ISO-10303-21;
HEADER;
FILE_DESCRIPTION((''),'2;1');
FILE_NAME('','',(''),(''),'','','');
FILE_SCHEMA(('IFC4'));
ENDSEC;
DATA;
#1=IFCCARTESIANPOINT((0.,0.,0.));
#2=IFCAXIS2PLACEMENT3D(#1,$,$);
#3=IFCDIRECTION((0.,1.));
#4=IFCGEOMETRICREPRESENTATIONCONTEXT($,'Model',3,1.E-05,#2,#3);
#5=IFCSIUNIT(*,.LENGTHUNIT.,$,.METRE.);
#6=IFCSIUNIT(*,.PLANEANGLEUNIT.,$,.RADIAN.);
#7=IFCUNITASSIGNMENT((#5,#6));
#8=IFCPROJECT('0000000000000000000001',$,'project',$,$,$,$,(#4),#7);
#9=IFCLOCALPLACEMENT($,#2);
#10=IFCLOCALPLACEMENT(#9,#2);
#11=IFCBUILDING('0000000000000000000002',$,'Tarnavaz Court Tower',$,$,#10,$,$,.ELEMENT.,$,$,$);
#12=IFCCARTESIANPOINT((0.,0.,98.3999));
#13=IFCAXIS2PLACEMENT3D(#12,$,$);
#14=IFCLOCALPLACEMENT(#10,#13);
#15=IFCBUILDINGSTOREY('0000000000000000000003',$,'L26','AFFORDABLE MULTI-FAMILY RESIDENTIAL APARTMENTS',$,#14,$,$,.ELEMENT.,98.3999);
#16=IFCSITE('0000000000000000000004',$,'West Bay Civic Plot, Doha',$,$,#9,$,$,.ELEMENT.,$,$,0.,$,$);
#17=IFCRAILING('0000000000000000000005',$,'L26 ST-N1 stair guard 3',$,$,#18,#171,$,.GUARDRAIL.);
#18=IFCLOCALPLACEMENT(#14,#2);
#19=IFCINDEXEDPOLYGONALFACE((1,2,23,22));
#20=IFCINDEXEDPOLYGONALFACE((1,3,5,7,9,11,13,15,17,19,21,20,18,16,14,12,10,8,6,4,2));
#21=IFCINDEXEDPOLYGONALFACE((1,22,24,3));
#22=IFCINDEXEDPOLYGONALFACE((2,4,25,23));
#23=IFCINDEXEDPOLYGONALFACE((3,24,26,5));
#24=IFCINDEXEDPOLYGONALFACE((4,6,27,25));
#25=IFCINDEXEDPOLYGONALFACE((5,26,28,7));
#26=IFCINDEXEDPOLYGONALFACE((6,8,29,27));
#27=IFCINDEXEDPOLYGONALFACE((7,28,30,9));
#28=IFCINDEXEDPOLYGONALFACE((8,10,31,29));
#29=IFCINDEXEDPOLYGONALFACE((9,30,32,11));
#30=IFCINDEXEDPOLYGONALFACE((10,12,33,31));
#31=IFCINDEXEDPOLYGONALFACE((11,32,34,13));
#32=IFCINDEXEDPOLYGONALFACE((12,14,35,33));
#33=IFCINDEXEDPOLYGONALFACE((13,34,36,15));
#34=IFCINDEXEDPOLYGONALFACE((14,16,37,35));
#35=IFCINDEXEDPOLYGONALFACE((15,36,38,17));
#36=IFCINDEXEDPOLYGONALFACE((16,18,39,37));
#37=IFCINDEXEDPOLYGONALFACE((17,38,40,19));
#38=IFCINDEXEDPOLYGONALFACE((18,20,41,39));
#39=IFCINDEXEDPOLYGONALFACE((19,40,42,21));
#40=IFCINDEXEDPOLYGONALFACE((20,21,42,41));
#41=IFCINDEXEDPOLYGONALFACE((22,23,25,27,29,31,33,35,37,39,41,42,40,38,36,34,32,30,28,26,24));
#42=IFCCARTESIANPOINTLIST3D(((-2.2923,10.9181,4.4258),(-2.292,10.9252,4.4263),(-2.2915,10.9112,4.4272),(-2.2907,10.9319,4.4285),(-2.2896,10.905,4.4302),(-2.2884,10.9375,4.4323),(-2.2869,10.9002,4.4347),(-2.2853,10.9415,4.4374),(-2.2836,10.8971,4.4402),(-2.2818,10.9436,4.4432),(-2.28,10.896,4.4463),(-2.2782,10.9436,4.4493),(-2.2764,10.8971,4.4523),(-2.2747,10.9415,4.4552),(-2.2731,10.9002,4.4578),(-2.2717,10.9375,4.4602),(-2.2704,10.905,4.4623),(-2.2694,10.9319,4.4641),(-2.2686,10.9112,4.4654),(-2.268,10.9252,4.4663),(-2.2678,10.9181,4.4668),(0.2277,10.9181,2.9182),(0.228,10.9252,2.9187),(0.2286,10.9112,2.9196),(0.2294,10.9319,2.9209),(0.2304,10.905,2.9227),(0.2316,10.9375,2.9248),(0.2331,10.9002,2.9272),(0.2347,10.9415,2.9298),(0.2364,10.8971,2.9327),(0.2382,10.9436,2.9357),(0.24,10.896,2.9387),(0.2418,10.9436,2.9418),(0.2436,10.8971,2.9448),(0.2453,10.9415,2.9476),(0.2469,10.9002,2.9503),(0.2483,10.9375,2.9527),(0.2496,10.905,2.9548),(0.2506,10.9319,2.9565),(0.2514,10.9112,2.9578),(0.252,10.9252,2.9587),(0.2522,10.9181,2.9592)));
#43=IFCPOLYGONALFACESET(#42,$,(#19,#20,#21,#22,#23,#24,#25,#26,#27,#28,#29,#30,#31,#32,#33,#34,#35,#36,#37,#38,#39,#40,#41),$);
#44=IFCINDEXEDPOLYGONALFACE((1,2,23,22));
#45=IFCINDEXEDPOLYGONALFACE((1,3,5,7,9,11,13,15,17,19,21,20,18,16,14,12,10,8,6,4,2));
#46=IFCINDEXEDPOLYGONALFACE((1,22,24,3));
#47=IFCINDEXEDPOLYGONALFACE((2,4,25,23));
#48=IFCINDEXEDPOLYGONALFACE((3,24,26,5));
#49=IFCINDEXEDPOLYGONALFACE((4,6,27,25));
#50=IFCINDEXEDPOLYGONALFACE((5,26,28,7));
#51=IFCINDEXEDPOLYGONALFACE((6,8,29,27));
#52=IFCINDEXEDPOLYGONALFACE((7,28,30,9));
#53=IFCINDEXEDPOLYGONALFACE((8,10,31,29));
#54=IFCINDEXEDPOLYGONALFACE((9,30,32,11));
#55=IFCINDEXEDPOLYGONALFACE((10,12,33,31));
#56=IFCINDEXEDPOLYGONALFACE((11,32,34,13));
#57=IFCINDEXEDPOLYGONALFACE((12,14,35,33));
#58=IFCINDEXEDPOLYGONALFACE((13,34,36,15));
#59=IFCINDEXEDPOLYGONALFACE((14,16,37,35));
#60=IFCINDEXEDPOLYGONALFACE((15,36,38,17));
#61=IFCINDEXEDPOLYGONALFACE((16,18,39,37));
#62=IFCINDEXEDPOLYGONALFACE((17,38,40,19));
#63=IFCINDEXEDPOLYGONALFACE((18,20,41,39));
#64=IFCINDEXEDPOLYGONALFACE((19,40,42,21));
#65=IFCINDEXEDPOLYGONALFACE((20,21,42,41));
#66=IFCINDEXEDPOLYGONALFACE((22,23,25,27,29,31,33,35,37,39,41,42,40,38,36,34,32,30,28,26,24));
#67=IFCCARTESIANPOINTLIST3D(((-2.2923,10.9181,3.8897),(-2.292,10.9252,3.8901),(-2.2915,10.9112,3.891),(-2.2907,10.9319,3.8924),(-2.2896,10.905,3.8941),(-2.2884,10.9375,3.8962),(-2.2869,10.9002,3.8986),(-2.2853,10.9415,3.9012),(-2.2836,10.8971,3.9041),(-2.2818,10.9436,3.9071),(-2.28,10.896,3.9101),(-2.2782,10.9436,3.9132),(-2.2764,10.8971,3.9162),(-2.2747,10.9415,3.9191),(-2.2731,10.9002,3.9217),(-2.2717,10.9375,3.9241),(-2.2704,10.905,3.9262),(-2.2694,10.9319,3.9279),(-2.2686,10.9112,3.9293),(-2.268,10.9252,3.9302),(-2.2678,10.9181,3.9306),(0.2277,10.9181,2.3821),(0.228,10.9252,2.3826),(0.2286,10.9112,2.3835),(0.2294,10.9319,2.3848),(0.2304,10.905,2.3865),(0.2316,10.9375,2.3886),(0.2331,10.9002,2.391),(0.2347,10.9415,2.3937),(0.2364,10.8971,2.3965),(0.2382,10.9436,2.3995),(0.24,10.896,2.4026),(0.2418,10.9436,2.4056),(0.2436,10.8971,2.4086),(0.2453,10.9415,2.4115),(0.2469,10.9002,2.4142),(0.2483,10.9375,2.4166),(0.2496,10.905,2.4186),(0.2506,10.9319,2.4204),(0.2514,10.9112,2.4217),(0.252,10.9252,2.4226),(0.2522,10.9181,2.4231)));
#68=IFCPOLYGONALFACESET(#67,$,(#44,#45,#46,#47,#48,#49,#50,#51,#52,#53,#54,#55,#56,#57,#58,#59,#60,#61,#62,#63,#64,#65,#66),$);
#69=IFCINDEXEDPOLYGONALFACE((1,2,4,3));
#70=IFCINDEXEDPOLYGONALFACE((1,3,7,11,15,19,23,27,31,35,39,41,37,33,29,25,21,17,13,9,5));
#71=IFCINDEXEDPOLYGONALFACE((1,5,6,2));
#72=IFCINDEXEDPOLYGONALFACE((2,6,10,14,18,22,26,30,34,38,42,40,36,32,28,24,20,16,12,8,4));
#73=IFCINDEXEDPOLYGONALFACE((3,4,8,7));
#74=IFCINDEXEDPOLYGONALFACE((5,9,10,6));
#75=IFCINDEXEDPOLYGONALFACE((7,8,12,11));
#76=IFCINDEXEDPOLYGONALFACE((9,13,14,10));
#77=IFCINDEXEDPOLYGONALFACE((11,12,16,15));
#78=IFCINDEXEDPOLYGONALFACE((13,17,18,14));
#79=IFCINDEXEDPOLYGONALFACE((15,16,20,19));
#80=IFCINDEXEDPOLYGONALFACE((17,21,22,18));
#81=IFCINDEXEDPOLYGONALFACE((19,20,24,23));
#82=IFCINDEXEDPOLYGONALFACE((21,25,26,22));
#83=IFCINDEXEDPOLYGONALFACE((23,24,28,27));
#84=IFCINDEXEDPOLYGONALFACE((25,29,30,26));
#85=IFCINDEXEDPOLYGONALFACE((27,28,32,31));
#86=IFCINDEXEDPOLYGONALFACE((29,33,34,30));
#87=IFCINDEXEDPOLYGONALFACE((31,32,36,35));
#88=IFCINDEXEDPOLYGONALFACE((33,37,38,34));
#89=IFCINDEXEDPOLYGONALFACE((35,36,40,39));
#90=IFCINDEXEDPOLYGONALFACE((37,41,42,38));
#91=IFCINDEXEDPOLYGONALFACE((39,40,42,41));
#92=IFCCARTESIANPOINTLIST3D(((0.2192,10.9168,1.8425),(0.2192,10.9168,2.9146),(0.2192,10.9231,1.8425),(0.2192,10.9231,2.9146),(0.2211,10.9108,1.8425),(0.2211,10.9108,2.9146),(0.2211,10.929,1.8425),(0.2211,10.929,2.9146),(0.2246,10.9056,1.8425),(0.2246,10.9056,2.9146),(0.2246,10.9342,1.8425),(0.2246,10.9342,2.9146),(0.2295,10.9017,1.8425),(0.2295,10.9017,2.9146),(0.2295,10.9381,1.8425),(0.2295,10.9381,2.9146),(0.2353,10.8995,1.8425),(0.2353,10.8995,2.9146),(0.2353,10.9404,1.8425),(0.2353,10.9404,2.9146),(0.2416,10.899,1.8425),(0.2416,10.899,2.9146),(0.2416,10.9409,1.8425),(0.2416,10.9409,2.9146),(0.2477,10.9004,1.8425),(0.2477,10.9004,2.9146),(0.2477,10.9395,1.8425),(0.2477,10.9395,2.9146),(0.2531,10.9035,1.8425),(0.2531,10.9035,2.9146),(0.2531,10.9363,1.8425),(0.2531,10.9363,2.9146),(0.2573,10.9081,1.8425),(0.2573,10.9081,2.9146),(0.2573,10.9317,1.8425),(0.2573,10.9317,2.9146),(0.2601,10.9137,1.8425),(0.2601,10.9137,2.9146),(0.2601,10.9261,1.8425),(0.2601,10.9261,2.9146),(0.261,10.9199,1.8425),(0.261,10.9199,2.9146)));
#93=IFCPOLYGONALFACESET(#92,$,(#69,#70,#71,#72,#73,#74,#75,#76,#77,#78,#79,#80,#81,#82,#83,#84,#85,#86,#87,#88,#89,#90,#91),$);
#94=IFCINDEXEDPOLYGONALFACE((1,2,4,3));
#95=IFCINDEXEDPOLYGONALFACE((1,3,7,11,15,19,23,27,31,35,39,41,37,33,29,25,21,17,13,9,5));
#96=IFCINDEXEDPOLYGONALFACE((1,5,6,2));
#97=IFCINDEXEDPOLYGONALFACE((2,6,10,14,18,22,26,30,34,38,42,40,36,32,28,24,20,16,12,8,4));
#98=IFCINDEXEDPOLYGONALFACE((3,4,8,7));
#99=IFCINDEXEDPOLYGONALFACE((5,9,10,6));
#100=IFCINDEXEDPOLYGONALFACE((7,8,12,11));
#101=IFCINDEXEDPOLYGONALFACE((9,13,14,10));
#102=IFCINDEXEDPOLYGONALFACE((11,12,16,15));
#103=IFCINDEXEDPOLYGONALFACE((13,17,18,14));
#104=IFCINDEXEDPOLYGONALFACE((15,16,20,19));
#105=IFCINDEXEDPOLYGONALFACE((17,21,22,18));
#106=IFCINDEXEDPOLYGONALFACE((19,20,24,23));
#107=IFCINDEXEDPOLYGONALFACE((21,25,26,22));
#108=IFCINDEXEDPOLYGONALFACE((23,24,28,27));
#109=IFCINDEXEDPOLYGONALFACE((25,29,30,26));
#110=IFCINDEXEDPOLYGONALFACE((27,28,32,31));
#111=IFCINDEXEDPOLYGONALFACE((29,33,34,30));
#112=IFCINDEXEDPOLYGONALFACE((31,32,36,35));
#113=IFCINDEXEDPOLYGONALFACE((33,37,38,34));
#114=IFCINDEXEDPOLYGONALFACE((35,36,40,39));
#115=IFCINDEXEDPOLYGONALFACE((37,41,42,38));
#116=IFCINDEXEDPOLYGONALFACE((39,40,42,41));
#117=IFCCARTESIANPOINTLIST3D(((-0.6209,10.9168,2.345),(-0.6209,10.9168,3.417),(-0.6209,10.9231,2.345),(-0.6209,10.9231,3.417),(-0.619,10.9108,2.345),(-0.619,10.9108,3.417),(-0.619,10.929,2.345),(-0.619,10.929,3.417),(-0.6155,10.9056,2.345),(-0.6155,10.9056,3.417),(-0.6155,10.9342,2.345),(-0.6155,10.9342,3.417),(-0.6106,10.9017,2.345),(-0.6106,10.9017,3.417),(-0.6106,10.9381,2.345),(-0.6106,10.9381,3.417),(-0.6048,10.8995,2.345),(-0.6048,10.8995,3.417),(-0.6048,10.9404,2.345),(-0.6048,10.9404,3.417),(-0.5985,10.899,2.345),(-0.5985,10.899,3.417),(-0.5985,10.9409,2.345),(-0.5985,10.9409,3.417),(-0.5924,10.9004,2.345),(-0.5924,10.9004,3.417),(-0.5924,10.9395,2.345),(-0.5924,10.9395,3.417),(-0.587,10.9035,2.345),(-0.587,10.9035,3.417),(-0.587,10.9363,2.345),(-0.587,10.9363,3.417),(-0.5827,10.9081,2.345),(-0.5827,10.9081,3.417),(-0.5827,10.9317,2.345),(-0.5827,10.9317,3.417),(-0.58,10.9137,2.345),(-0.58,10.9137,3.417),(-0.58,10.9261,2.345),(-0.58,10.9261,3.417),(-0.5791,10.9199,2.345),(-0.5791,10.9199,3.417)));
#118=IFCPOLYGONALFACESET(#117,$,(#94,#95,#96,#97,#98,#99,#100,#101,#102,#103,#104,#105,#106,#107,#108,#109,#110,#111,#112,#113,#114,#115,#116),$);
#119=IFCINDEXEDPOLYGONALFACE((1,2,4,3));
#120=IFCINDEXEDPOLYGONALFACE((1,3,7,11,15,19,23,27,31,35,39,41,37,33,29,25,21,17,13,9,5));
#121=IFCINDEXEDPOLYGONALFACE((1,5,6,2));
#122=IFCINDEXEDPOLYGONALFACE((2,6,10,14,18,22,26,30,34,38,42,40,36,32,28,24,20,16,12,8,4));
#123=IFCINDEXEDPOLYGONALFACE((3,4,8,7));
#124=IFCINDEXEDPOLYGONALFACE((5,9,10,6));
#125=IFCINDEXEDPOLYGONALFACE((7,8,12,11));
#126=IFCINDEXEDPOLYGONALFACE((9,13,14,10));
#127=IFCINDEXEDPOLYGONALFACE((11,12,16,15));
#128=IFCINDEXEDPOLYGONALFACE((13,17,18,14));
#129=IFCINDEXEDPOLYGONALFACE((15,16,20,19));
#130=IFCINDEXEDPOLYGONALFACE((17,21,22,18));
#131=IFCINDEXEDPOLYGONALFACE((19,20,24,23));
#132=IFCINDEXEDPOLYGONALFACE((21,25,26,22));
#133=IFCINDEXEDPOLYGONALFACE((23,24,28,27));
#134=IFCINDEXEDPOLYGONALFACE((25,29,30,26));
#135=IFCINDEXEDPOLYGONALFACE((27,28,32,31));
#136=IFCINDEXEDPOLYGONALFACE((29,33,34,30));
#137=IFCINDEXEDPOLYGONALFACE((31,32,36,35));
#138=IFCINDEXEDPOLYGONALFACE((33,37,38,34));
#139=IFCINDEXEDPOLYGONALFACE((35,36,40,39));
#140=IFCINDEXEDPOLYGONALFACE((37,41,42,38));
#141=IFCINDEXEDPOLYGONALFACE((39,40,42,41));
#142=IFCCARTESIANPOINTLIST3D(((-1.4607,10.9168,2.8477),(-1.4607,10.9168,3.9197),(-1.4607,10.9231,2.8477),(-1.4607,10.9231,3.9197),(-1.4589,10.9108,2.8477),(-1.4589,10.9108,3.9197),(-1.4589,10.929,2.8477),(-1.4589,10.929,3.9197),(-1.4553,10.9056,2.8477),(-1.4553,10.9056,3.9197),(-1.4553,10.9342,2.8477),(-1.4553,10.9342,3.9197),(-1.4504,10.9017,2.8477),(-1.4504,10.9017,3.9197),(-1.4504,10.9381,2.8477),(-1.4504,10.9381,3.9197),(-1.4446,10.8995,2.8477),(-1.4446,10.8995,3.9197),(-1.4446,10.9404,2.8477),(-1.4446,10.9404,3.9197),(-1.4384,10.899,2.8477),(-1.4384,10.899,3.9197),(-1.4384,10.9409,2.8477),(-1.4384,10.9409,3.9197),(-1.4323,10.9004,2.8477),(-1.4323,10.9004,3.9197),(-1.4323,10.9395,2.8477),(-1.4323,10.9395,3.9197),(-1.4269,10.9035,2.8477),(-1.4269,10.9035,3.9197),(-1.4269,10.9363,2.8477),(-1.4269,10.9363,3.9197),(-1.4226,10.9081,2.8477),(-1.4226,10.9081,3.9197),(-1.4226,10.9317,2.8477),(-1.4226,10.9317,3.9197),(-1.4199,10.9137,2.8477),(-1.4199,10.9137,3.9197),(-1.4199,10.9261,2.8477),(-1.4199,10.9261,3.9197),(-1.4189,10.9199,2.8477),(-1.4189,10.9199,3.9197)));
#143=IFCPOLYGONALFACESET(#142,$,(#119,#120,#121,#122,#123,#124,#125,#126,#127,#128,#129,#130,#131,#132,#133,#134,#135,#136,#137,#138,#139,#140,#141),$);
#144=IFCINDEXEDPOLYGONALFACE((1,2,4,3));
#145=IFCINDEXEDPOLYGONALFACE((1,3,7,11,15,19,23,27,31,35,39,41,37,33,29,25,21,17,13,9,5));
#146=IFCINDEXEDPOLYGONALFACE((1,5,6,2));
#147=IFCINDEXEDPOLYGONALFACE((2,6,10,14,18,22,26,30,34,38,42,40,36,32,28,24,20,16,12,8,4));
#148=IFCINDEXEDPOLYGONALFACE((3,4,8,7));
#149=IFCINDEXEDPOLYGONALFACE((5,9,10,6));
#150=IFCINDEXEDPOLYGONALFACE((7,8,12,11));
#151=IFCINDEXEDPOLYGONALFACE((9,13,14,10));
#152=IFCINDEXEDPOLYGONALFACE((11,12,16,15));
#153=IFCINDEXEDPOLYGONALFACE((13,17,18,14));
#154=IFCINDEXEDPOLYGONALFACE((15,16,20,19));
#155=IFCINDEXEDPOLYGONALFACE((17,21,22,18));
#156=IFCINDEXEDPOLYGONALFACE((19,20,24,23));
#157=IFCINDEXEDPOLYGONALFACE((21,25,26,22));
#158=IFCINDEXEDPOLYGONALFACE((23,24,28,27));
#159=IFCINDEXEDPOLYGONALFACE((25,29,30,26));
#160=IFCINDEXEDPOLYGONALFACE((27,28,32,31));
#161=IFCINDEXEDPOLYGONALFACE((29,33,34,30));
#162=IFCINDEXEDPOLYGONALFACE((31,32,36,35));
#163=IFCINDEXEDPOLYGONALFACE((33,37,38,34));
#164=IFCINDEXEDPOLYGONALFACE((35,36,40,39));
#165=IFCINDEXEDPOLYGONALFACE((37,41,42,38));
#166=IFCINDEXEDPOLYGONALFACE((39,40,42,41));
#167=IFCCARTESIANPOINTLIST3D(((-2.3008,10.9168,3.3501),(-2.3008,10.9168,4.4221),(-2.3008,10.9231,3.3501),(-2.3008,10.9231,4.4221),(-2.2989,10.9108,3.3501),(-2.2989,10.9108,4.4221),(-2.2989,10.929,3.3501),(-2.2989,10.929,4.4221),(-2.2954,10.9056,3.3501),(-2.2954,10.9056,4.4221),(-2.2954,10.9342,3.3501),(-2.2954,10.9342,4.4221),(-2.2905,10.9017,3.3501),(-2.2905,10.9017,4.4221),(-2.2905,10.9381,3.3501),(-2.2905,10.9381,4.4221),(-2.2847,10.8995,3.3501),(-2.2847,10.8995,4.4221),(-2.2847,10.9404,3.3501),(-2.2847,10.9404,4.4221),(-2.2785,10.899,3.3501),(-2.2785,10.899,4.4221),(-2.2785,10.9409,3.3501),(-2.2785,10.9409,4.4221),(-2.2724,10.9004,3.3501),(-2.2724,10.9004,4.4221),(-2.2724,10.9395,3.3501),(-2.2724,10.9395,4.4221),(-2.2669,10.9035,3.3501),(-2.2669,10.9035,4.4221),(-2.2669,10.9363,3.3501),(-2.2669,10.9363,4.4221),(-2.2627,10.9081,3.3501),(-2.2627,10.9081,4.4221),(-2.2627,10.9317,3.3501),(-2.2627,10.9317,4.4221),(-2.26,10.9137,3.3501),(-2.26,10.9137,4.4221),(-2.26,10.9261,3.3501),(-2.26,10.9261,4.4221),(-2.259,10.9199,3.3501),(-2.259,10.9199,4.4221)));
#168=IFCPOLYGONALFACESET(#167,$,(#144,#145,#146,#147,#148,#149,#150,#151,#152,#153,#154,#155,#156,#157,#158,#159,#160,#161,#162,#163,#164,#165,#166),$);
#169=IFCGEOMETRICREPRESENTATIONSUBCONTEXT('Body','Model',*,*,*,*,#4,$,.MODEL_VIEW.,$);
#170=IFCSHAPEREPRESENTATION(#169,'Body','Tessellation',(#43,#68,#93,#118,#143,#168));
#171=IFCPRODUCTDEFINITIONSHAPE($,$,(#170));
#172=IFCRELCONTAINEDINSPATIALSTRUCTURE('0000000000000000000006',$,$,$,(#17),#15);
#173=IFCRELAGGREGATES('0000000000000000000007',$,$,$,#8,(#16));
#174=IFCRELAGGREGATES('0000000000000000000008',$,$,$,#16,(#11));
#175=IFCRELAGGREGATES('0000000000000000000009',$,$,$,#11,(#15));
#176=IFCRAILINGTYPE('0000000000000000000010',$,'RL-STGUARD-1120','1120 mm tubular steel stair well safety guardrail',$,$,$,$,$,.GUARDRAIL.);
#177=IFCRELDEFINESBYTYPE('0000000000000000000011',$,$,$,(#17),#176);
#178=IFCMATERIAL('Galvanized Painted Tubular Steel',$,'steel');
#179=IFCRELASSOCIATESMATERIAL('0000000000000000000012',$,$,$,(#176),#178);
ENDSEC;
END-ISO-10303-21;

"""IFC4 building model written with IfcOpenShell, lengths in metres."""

from ifc_helpers import new_model, si_unit, direction, frame, origin, origin_2d, place, context, subcontext, project, spatial, circle, extrude, material, type_object, element, save


model = new_model("IFC4")

# Units and contexts
model_context = context("Model", 3, precision=1e-05, world=origin(), true_north=direction((0.0, 1.0)))
body_context = subcontext(model_context, "Body", "Model", "MODEL_VIEW")
ifc_project = project(units=[si_unit("LENGTHUNIT", "METRE"), si_unit("PLANEANGLEUNIT", "RADIAN")], contexts=[model_context])

# Site, building, storey
site_placement = place(None, origin())
site = spatial("IfcSite", under=ifc_project, at=site_placement, Name="West Bay Civic Plot, Doha", CompositionType="ELEMENT", RefElevation=0.0)
building_placement = place(site_placement, origin())
building = spatial("IfcBuilding", under=site, at=building_placement, Name="Tarnavaz Court Tower", CompositionType="ELEMENT")
storey_placement = place(building_placement, frame((0.0, 0.0, 98.3999)))
storey = spatial("IfcBuildingStorey", under=building, at=storey_placement, Name="L26", Description="AFFORDABLE MULTI-FAMILY RESIDENTIAL APARTMENTS", CompositionType="ELEMENT", Elevation=98.3999)

# Railing
ifc_material_1 = material(Name="Galvanized Painted Tubular Steel", Category="steel")
railing_type_1 = type_object("IfcRailingType", Name="RL-STGUARD-1120", Description="1120 mm tubular steel stair well safety guardrail", PredefinedType="GUARDRAIL", material=ifc_material_1)
railing_1_placement = place(storey_placement, frame((0.24, 10.9199, 1.8425)))
element("IfcRailing", 1, at=railing_1_placement, inside=storey, type_object=railing_type_1, Name="L26 ST-N1 stair guard 3", PredefinedType="GUARDRAIL", context=body_context, shape_type="SweptSolid", body=[
    extrude(circle(Radius=0.0239, at=origin_2d()), frame((0.0, 0.0, 1.0962), z_axis=(-0.85816, 0.0, 0.513383), x_axis=(0.0, -1.0, 0.0)), (0.0, 0.0, 1.0), 2.9365),
    extrude(circle(Radius=0.0239, at=origin_2d()), frame((0.0, 0.0, 0.5601), z_axis=(-0.85816, 0.0, 0.513383), x_axis=(0.0, -1.0, 0.0)), (0.0, 0.0, 1.0), 2.9365),
    extrude(circle(Radius=0.021, at=origin_2d()), origin(), (0.0, 0.0, 1.0), 1.072),
    extrude(circle(Radius=0.021, at=origin_2d()), frame((-0.8401, 0.0, 0.5024)), (0.0, 0.0, 1.0), 1.072),
    extrude(circle(Radius=0.021, at=origin_2d()), frame((-1.6799, 0.0, 1.0051)), (0.0, 0.0, 1.0), 1.072),
    extrude(circle(Radius=0.021, at=origin_2d()), frame((-2.52, 0.0, 1.5076)), (0.0, 0.0, 1.0), 1.072),
])

save(model, "model.ifc")
